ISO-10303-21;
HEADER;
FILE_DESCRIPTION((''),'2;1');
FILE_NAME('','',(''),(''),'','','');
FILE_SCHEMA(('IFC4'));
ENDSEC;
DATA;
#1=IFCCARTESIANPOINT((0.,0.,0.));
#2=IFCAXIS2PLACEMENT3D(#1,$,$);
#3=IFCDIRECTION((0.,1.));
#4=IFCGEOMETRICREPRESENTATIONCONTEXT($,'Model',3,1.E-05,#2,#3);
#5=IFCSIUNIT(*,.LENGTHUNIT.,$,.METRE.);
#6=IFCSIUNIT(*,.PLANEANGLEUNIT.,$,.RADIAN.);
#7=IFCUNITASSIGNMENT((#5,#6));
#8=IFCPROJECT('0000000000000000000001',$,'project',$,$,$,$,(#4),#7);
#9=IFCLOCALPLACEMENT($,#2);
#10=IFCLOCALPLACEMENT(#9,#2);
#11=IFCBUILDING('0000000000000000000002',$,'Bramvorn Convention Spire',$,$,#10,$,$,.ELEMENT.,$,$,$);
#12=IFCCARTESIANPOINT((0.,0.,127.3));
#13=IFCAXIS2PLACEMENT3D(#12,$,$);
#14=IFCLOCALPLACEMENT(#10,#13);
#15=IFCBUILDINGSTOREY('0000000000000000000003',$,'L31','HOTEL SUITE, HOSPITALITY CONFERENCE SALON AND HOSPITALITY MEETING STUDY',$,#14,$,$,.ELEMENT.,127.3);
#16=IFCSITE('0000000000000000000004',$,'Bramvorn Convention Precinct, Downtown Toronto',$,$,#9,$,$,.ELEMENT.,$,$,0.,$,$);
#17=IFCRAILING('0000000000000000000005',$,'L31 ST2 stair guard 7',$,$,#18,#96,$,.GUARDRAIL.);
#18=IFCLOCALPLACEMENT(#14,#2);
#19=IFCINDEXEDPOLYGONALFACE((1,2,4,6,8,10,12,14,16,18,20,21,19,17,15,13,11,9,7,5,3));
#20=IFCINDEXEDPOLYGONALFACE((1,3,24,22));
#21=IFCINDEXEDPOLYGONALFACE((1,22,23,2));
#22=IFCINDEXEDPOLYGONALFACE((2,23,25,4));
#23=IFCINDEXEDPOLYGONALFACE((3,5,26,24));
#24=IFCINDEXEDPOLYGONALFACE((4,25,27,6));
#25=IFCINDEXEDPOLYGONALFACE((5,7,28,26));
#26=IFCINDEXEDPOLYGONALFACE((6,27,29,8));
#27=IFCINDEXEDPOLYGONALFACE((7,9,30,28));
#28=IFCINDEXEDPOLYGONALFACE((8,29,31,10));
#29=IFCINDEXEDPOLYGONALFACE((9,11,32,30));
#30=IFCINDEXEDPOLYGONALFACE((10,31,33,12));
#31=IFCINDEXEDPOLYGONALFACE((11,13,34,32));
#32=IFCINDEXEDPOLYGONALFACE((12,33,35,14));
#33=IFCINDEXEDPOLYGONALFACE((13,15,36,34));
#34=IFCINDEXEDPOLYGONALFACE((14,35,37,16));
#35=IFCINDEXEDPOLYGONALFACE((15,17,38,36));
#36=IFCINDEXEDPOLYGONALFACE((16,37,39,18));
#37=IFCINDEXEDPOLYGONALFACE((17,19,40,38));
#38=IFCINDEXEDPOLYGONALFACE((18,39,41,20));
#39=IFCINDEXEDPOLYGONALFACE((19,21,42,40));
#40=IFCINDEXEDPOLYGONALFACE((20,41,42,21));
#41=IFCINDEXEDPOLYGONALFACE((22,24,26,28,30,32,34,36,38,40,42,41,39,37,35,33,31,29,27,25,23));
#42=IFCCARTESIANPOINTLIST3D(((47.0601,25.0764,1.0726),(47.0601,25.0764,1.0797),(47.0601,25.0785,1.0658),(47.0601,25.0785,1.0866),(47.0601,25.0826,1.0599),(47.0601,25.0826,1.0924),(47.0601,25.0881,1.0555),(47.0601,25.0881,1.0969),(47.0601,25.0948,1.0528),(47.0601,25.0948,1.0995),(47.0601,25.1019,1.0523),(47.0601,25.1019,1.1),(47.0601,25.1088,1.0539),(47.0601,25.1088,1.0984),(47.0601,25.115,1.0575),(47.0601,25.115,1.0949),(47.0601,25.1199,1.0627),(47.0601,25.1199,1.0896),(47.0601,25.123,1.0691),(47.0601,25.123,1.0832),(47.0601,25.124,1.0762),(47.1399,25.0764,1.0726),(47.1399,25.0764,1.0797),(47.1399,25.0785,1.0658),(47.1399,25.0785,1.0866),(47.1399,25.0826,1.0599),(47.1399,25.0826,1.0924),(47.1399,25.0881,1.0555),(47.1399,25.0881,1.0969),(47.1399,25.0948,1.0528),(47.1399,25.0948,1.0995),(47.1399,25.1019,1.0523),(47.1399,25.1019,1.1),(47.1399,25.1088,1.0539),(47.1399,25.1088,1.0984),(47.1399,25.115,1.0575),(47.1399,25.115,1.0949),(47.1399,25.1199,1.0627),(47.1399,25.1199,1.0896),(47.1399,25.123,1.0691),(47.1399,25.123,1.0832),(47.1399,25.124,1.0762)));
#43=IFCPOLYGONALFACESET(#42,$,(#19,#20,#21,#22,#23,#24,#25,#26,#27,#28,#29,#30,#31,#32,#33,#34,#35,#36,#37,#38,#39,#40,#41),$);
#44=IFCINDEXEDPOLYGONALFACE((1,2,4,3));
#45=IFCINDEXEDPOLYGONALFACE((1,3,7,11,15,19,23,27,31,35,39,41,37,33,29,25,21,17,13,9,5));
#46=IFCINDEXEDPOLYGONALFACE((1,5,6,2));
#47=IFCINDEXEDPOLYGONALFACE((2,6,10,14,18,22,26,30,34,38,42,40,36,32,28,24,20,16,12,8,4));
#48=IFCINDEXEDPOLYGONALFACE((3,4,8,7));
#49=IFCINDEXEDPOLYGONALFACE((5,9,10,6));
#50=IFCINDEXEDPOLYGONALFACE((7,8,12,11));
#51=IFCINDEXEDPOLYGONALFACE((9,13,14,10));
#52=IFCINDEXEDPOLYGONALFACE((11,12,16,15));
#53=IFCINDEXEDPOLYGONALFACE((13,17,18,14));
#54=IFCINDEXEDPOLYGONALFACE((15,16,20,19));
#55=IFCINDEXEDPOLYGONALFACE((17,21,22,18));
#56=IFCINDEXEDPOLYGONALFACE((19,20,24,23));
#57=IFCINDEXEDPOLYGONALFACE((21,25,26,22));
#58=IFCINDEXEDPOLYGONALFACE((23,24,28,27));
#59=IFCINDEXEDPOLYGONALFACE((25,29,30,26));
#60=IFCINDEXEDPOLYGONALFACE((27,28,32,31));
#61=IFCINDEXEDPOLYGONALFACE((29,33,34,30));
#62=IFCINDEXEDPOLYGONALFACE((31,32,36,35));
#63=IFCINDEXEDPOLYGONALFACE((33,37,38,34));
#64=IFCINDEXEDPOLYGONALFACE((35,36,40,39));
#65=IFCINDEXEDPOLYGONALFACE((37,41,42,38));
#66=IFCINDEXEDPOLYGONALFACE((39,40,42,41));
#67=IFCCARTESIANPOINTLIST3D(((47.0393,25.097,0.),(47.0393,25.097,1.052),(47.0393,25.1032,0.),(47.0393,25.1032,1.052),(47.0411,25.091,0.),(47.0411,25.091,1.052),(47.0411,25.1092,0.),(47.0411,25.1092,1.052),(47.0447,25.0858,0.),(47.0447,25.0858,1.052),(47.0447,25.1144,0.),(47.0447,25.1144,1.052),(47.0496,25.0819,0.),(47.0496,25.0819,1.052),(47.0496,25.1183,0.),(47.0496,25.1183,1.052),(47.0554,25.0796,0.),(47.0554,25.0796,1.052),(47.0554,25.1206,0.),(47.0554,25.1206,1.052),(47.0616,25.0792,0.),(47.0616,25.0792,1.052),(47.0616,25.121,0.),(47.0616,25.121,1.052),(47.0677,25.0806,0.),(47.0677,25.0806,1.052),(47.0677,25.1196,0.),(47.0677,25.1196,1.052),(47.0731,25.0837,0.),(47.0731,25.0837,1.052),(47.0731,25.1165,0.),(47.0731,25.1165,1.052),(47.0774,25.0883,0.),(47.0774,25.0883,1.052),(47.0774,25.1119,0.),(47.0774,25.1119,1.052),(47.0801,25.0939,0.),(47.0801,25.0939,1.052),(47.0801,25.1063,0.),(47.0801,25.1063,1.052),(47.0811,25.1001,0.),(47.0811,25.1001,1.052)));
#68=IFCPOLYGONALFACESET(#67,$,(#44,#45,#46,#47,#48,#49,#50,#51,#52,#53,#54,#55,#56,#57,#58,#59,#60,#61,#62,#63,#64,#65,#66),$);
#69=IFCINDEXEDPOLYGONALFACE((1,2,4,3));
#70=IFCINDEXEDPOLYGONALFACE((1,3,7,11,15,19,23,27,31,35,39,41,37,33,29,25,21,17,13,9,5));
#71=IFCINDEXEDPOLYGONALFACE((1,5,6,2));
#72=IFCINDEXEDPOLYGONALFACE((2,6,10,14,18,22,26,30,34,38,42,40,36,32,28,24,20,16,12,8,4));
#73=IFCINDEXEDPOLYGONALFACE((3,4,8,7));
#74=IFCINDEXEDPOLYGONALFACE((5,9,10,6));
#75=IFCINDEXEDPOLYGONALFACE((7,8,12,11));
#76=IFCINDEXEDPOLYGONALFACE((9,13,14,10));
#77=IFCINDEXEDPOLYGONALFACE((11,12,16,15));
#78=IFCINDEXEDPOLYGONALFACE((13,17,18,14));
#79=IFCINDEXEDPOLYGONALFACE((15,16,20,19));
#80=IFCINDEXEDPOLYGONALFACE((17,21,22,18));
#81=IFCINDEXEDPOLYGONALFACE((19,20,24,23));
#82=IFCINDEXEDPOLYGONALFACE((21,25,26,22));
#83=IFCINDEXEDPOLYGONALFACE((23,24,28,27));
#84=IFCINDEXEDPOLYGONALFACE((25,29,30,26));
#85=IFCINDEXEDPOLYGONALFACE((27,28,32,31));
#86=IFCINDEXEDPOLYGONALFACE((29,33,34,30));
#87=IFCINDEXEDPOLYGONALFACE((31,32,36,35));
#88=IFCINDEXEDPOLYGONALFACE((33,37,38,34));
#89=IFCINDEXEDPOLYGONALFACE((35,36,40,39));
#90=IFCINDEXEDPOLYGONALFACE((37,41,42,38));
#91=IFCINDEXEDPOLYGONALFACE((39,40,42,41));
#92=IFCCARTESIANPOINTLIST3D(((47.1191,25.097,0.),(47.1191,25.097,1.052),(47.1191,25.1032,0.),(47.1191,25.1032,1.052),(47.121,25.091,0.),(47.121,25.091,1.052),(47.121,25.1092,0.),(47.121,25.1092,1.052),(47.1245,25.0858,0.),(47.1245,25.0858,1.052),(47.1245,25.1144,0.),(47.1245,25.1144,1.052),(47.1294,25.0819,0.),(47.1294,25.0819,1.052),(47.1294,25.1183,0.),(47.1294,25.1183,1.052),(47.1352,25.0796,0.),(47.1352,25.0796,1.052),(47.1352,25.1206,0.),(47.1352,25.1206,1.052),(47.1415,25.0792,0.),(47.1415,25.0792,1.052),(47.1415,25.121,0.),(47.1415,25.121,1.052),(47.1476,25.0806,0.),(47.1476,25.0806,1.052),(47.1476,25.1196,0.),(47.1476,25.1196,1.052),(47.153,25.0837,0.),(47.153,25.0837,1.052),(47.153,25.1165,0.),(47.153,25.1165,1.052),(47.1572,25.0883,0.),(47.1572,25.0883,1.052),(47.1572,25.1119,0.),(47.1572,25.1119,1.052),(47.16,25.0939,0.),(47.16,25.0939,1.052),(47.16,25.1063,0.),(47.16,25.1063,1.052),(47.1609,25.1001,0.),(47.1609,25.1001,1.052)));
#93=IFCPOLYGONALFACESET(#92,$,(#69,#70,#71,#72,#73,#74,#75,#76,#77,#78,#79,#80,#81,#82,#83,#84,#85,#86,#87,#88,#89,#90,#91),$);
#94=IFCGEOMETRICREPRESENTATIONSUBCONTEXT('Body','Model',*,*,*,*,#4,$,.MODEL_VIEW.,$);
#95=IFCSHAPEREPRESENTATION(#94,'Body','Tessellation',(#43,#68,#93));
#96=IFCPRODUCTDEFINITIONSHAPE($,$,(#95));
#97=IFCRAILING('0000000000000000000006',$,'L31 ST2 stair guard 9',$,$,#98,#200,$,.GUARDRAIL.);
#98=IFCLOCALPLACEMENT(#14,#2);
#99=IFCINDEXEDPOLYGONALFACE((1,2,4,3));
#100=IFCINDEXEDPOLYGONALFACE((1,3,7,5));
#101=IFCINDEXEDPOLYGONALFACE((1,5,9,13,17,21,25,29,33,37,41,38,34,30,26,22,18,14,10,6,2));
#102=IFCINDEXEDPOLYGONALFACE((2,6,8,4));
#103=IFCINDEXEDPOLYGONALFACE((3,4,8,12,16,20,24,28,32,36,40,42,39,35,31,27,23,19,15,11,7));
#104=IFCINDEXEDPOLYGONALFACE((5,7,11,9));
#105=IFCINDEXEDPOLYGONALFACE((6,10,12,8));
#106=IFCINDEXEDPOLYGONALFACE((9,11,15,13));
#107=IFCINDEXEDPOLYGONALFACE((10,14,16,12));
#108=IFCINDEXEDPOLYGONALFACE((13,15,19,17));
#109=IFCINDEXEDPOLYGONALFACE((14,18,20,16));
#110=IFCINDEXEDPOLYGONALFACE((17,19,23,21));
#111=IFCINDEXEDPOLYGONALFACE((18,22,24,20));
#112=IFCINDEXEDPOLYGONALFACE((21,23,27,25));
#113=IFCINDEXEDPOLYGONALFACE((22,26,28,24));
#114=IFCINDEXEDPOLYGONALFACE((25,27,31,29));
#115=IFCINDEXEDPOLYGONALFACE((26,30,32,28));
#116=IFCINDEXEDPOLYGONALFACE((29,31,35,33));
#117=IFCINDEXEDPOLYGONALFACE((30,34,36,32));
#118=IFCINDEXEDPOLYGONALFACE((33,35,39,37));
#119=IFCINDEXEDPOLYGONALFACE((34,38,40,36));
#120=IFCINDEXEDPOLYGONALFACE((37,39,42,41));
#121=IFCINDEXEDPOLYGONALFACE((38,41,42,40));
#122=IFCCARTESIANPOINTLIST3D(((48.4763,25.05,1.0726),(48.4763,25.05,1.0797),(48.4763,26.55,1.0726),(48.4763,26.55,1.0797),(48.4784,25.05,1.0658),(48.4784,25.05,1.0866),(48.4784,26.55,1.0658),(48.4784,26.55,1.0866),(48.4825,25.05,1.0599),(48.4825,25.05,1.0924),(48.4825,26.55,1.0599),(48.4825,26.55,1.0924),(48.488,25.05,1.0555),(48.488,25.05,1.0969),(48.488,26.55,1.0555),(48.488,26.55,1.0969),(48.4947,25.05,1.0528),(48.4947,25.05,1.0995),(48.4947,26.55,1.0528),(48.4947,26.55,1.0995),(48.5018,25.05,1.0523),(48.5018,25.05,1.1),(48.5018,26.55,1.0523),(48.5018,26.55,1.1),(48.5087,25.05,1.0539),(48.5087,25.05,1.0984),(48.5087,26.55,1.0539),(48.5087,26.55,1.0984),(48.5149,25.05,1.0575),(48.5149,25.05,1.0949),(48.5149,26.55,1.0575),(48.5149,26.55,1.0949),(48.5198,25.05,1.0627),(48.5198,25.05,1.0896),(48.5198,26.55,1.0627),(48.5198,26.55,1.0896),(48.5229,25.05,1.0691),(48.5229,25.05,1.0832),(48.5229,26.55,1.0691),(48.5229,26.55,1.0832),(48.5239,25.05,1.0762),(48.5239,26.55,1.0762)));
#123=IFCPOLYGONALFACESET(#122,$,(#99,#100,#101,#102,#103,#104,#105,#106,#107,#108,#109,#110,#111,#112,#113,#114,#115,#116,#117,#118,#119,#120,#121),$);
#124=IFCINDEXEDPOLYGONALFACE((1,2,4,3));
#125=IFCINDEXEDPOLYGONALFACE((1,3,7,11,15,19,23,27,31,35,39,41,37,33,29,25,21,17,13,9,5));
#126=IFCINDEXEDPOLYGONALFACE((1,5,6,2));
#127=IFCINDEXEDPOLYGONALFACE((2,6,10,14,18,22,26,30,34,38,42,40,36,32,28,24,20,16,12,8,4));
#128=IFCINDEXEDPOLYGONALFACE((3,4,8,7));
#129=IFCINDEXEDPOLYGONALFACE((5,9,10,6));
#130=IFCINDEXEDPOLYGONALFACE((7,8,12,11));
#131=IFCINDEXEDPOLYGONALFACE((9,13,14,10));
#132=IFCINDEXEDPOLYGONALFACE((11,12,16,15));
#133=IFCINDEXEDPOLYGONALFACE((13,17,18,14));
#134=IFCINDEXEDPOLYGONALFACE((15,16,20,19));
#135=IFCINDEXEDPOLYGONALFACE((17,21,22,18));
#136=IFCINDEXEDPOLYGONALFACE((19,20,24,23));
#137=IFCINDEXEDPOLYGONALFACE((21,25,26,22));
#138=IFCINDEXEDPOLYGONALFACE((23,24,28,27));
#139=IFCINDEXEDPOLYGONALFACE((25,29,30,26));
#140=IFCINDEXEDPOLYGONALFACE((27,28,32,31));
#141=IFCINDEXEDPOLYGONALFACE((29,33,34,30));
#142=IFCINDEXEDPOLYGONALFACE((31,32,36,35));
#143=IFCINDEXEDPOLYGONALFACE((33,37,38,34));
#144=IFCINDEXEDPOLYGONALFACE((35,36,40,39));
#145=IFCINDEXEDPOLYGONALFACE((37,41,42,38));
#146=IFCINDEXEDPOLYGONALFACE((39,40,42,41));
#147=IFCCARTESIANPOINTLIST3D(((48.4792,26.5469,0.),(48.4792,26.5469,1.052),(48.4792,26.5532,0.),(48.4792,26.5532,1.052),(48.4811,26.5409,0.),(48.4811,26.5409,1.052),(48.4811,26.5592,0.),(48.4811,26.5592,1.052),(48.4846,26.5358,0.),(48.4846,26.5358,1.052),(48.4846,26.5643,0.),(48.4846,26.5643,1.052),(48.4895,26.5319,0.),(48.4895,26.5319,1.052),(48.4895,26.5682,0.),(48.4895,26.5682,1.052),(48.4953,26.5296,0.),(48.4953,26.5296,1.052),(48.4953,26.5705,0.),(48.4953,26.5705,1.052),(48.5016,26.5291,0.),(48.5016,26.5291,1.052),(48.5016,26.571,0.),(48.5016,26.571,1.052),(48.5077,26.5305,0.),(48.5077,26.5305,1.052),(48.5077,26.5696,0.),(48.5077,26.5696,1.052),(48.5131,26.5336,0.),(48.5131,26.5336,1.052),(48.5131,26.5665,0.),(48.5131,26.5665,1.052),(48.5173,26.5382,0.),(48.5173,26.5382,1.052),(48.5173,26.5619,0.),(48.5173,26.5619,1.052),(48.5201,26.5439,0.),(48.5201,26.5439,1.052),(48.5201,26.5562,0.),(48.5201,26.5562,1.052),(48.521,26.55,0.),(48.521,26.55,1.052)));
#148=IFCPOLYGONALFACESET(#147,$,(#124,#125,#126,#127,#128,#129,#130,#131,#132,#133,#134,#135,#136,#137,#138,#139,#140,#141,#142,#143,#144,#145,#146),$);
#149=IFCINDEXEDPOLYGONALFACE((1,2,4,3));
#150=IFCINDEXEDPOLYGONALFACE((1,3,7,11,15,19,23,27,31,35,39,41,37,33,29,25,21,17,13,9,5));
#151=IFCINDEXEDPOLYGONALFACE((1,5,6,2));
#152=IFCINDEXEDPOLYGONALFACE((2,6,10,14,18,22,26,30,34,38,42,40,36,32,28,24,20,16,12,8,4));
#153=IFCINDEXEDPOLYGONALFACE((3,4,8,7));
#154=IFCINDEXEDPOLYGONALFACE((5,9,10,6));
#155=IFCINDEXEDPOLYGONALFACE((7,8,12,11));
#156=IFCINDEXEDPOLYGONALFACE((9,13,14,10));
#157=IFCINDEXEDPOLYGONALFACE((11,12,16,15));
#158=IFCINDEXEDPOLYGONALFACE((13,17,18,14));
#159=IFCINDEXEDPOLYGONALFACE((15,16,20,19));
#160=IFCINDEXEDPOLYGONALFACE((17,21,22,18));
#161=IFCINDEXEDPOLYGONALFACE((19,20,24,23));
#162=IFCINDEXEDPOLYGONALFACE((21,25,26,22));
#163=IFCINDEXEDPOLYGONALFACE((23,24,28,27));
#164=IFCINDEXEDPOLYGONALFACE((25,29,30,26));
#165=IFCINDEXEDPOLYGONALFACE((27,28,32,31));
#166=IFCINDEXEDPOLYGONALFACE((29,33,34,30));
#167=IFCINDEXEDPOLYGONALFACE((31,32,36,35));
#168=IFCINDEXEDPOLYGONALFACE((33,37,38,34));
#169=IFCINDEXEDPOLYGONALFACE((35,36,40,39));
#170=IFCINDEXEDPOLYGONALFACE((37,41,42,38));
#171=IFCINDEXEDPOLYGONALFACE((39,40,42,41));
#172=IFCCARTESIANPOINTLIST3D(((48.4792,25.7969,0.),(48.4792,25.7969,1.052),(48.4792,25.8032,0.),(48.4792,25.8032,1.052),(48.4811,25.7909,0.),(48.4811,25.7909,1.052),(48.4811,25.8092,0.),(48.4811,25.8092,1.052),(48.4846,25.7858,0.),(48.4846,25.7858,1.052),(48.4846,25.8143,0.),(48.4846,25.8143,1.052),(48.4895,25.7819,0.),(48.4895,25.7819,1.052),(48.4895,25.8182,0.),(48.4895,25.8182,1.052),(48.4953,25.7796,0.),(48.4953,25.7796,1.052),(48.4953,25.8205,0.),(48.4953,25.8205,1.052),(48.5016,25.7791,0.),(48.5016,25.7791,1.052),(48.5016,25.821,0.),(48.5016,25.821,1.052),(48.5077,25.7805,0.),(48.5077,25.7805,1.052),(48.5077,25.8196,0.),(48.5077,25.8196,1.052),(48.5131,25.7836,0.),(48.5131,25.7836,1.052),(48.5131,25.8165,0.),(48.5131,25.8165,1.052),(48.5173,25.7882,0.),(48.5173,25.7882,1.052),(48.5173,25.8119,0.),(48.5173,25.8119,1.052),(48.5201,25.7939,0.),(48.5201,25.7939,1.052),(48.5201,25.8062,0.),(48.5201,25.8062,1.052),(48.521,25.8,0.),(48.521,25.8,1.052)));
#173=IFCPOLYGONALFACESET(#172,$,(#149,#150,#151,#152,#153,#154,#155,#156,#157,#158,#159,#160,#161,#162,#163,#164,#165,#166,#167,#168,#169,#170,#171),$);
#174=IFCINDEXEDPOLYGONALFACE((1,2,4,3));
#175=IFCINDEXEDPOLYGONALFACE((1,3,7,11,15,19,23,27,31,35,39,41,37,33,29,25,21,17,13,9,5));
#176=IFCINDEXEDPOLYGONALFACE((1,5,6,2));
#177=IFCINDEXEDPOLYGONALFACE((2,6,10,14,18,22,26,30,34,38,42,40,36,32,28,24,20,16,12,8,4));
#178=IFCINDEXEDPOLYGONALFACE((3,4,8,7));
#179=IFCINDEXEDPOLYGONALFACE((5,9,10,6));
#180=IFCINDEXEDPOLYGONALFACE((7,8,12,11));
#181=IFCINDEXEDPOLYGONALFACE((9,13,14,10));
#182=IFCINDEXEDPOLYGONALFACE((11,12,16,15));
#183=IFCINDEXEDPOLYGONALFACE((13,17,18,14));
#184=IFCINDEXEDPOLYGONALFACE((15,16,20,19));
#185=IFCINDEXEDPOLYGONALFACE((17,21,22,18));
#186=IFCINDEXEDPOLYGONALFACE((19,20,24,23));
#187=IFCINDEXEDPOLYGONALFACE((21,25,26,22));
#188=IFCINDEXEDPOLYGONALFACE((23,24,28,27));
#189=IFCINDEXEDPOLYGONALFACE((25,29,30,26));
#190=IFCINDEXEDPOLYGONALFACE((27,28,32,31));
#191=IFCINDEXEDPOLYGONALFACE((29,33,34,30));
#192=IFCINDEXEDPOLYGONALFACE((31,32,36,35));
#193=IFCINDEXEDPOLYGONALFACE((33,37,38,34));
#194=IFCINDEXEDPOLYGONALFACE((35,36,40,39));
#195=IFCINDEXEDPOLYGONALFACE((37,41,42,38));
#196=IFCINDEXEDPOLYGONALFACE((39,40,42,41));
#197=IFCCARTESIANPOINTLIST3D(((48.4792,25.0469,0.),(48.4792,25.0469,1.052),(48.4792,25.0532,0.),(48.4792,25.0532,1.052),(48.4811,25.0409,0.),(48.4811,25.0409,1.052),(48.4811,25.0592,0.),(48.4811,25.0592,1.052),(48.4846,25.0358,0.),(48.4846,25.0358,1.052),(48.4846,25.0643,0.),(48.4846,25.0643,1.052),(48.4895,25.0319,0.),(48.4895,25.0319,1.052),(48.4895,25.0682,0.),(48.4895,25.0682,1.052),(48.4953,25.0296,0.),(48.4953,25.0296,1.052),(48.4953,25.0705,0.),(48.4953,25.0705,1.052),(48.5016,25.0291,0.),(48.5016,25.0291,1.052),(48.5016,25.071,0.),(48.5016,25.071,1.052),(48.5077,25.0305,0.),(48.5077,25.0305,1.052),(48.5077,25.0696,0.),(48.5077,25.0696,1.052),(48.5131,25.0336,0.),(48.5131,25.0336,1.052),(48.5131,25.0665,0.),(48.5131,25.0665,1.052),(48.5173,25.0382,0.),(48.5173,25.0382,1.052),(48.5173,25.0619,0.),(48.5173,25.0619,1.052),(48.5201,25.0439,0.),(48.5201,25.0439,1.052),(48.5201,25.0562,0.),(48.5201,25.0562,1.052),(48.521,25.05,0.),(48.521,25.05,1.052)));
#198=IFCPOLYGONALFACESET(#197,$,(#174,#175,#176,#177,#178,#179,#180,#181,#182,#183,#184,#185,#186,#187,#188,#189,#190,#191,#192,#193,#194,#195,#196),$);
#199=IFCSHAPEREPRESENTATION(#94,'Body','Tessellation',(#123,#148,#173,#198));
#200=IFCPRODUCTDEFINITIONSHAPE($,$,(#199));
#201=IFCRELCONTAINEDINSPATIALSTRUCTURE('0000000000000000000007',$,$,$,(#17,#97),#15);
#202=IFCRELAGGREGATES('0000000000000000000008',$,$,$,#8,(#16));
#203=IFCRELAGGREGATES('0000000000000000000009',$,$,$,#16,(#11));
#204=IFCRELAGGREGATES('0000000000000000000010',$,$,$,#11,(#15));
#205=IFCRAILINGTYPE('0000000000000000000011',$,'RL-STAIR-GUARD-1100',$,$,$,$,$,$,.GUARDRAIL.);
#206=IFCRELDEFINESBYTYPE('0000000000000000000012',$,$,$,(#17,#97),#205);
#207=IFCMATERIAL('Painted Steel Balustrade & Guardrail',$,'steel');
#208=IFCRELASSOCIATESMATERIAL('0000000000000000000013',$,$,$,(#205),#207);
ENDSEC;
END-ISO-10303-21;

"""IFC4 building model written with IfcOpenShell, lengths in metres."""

from ifc_helpers import new_model, si_unit, direction, frame, origin, origin_2d, place, context, subcontext, project, spatial, circle, extrude, material, type_object, element, save


model = new_model("IFC4")

# Units and contexts
model_context = context("Model", 3, precision=1e-05, world=origin(), true_north=direction((0.0, 1.0)))
body_context = subcontext(model_context, "Body", "Model", "MODEL_VIEW")
ifc_project = project(units=[si_unit("LENGTHUNIT", "METRE"), si_unit("PLANEANGLEUNIT", "RADIAN")], contexts=[model_context])

# Site, building, storey
site_placement = place(None, origin())
site = spatial("IfcSite", under=ifc_project, at=site_placement, Name="Bramvorn Convention Precinct, Downtown Toronto", CompositionType="ELEMENT", RefElevation=0.0)
building_placement = place(site_placement, origin())
building = spatial("IfcBuilding", under=site, at=building_placement, Name="Bramvorn Convention Spire", CompositionType="ELEMENT")
storey_placement = place(building_placement, frame((0.0, 0.0, 127.3)))
storey = spatial("IfcBuildingStorey", under=building, at=storey_placement, Name="L31", Description="HOTEL SUITE, HOSPITALITY CONFERENCE SALON AND HOSPITALITY MEETING STUDY", CompositionType="ELEMENT", Elevation=127.3)

# Railings
ifc_material_1 = material(Name="Painted Steel Balustrade & Guardrail", Category="steel")
railing_type_1 = type_object("IfcRailingType", Name="RL-STAIR-GUARD-1100", PredefinedType="GUARDRAIL", material=ifc_material_1)
railing_1_placement = place(storey_placement, frame((47.0601, 25.1001, 0.0)))
element("IfcRailing", 1, at=railing_1_placement, inside=storey, type_object=railing_type_1, Name="L31 ST2 stair guard 7", PredefinedType="GUARDRAIL", context=body_context, shape_type="SweptSolid", body=[
    extrude(circle(Radius=0.0239, at=origin_2d()), frame((0.0, 0.0, 1.0762), z_axis=(1.0, 0.0, 0.0), x_axis=(0.0, 1.0, 0.0)), (0.0, 0.0, 1.0), 0.0798),
    extrude(circle(Radius=0.021, at=origin_2d()), origin(), (0.0, 0.0, 1.0), 1.052),
    extrude(circle(Radius=0.021, at=origin_2d()), frame((0.0798, 0.0, 0.0)), (0.0, 0.0, 1.0), 1.052),
])
railing_2_placement = place(storey_placement, frame((48.5, 26.55, 0.0)))
element("IfcRailing", 2, at=railing_2_placement, inside=storey, type_object=railing_type_1, Name="L31 ST2 stair guard 9", PredefinedType="GUARDRAIL", context=body_context, shape_type="SweptSolid", body=[
    extrude(circle(Radius=0.0239, at=origin_2d()), frame((0.0, 0.0, 1.0762), z_axis=(0.0, -1.0, 0.0), x_axis=(1.0, 0.0, 0.0)), (0.0, 0.0, 1.0), 1.5),
    extrude(circle(Radius=0.021, at=origin_2d()), origin(), (0.0, 0.0, 1.0), 1.052),
    extrude(circle(Radius=0.021, at=origin_2d()), frame((0.0, -0.75, 0.0)), (0.0, 0.0, 1.0), 1.052),
    extrude(circle(Radius=0.021, at=origin_2d()), frame((0.0, -1.5, 0.0)), (0.0, 0.0, 1.0), 1.052),
])

save(model, "model.ifc")
